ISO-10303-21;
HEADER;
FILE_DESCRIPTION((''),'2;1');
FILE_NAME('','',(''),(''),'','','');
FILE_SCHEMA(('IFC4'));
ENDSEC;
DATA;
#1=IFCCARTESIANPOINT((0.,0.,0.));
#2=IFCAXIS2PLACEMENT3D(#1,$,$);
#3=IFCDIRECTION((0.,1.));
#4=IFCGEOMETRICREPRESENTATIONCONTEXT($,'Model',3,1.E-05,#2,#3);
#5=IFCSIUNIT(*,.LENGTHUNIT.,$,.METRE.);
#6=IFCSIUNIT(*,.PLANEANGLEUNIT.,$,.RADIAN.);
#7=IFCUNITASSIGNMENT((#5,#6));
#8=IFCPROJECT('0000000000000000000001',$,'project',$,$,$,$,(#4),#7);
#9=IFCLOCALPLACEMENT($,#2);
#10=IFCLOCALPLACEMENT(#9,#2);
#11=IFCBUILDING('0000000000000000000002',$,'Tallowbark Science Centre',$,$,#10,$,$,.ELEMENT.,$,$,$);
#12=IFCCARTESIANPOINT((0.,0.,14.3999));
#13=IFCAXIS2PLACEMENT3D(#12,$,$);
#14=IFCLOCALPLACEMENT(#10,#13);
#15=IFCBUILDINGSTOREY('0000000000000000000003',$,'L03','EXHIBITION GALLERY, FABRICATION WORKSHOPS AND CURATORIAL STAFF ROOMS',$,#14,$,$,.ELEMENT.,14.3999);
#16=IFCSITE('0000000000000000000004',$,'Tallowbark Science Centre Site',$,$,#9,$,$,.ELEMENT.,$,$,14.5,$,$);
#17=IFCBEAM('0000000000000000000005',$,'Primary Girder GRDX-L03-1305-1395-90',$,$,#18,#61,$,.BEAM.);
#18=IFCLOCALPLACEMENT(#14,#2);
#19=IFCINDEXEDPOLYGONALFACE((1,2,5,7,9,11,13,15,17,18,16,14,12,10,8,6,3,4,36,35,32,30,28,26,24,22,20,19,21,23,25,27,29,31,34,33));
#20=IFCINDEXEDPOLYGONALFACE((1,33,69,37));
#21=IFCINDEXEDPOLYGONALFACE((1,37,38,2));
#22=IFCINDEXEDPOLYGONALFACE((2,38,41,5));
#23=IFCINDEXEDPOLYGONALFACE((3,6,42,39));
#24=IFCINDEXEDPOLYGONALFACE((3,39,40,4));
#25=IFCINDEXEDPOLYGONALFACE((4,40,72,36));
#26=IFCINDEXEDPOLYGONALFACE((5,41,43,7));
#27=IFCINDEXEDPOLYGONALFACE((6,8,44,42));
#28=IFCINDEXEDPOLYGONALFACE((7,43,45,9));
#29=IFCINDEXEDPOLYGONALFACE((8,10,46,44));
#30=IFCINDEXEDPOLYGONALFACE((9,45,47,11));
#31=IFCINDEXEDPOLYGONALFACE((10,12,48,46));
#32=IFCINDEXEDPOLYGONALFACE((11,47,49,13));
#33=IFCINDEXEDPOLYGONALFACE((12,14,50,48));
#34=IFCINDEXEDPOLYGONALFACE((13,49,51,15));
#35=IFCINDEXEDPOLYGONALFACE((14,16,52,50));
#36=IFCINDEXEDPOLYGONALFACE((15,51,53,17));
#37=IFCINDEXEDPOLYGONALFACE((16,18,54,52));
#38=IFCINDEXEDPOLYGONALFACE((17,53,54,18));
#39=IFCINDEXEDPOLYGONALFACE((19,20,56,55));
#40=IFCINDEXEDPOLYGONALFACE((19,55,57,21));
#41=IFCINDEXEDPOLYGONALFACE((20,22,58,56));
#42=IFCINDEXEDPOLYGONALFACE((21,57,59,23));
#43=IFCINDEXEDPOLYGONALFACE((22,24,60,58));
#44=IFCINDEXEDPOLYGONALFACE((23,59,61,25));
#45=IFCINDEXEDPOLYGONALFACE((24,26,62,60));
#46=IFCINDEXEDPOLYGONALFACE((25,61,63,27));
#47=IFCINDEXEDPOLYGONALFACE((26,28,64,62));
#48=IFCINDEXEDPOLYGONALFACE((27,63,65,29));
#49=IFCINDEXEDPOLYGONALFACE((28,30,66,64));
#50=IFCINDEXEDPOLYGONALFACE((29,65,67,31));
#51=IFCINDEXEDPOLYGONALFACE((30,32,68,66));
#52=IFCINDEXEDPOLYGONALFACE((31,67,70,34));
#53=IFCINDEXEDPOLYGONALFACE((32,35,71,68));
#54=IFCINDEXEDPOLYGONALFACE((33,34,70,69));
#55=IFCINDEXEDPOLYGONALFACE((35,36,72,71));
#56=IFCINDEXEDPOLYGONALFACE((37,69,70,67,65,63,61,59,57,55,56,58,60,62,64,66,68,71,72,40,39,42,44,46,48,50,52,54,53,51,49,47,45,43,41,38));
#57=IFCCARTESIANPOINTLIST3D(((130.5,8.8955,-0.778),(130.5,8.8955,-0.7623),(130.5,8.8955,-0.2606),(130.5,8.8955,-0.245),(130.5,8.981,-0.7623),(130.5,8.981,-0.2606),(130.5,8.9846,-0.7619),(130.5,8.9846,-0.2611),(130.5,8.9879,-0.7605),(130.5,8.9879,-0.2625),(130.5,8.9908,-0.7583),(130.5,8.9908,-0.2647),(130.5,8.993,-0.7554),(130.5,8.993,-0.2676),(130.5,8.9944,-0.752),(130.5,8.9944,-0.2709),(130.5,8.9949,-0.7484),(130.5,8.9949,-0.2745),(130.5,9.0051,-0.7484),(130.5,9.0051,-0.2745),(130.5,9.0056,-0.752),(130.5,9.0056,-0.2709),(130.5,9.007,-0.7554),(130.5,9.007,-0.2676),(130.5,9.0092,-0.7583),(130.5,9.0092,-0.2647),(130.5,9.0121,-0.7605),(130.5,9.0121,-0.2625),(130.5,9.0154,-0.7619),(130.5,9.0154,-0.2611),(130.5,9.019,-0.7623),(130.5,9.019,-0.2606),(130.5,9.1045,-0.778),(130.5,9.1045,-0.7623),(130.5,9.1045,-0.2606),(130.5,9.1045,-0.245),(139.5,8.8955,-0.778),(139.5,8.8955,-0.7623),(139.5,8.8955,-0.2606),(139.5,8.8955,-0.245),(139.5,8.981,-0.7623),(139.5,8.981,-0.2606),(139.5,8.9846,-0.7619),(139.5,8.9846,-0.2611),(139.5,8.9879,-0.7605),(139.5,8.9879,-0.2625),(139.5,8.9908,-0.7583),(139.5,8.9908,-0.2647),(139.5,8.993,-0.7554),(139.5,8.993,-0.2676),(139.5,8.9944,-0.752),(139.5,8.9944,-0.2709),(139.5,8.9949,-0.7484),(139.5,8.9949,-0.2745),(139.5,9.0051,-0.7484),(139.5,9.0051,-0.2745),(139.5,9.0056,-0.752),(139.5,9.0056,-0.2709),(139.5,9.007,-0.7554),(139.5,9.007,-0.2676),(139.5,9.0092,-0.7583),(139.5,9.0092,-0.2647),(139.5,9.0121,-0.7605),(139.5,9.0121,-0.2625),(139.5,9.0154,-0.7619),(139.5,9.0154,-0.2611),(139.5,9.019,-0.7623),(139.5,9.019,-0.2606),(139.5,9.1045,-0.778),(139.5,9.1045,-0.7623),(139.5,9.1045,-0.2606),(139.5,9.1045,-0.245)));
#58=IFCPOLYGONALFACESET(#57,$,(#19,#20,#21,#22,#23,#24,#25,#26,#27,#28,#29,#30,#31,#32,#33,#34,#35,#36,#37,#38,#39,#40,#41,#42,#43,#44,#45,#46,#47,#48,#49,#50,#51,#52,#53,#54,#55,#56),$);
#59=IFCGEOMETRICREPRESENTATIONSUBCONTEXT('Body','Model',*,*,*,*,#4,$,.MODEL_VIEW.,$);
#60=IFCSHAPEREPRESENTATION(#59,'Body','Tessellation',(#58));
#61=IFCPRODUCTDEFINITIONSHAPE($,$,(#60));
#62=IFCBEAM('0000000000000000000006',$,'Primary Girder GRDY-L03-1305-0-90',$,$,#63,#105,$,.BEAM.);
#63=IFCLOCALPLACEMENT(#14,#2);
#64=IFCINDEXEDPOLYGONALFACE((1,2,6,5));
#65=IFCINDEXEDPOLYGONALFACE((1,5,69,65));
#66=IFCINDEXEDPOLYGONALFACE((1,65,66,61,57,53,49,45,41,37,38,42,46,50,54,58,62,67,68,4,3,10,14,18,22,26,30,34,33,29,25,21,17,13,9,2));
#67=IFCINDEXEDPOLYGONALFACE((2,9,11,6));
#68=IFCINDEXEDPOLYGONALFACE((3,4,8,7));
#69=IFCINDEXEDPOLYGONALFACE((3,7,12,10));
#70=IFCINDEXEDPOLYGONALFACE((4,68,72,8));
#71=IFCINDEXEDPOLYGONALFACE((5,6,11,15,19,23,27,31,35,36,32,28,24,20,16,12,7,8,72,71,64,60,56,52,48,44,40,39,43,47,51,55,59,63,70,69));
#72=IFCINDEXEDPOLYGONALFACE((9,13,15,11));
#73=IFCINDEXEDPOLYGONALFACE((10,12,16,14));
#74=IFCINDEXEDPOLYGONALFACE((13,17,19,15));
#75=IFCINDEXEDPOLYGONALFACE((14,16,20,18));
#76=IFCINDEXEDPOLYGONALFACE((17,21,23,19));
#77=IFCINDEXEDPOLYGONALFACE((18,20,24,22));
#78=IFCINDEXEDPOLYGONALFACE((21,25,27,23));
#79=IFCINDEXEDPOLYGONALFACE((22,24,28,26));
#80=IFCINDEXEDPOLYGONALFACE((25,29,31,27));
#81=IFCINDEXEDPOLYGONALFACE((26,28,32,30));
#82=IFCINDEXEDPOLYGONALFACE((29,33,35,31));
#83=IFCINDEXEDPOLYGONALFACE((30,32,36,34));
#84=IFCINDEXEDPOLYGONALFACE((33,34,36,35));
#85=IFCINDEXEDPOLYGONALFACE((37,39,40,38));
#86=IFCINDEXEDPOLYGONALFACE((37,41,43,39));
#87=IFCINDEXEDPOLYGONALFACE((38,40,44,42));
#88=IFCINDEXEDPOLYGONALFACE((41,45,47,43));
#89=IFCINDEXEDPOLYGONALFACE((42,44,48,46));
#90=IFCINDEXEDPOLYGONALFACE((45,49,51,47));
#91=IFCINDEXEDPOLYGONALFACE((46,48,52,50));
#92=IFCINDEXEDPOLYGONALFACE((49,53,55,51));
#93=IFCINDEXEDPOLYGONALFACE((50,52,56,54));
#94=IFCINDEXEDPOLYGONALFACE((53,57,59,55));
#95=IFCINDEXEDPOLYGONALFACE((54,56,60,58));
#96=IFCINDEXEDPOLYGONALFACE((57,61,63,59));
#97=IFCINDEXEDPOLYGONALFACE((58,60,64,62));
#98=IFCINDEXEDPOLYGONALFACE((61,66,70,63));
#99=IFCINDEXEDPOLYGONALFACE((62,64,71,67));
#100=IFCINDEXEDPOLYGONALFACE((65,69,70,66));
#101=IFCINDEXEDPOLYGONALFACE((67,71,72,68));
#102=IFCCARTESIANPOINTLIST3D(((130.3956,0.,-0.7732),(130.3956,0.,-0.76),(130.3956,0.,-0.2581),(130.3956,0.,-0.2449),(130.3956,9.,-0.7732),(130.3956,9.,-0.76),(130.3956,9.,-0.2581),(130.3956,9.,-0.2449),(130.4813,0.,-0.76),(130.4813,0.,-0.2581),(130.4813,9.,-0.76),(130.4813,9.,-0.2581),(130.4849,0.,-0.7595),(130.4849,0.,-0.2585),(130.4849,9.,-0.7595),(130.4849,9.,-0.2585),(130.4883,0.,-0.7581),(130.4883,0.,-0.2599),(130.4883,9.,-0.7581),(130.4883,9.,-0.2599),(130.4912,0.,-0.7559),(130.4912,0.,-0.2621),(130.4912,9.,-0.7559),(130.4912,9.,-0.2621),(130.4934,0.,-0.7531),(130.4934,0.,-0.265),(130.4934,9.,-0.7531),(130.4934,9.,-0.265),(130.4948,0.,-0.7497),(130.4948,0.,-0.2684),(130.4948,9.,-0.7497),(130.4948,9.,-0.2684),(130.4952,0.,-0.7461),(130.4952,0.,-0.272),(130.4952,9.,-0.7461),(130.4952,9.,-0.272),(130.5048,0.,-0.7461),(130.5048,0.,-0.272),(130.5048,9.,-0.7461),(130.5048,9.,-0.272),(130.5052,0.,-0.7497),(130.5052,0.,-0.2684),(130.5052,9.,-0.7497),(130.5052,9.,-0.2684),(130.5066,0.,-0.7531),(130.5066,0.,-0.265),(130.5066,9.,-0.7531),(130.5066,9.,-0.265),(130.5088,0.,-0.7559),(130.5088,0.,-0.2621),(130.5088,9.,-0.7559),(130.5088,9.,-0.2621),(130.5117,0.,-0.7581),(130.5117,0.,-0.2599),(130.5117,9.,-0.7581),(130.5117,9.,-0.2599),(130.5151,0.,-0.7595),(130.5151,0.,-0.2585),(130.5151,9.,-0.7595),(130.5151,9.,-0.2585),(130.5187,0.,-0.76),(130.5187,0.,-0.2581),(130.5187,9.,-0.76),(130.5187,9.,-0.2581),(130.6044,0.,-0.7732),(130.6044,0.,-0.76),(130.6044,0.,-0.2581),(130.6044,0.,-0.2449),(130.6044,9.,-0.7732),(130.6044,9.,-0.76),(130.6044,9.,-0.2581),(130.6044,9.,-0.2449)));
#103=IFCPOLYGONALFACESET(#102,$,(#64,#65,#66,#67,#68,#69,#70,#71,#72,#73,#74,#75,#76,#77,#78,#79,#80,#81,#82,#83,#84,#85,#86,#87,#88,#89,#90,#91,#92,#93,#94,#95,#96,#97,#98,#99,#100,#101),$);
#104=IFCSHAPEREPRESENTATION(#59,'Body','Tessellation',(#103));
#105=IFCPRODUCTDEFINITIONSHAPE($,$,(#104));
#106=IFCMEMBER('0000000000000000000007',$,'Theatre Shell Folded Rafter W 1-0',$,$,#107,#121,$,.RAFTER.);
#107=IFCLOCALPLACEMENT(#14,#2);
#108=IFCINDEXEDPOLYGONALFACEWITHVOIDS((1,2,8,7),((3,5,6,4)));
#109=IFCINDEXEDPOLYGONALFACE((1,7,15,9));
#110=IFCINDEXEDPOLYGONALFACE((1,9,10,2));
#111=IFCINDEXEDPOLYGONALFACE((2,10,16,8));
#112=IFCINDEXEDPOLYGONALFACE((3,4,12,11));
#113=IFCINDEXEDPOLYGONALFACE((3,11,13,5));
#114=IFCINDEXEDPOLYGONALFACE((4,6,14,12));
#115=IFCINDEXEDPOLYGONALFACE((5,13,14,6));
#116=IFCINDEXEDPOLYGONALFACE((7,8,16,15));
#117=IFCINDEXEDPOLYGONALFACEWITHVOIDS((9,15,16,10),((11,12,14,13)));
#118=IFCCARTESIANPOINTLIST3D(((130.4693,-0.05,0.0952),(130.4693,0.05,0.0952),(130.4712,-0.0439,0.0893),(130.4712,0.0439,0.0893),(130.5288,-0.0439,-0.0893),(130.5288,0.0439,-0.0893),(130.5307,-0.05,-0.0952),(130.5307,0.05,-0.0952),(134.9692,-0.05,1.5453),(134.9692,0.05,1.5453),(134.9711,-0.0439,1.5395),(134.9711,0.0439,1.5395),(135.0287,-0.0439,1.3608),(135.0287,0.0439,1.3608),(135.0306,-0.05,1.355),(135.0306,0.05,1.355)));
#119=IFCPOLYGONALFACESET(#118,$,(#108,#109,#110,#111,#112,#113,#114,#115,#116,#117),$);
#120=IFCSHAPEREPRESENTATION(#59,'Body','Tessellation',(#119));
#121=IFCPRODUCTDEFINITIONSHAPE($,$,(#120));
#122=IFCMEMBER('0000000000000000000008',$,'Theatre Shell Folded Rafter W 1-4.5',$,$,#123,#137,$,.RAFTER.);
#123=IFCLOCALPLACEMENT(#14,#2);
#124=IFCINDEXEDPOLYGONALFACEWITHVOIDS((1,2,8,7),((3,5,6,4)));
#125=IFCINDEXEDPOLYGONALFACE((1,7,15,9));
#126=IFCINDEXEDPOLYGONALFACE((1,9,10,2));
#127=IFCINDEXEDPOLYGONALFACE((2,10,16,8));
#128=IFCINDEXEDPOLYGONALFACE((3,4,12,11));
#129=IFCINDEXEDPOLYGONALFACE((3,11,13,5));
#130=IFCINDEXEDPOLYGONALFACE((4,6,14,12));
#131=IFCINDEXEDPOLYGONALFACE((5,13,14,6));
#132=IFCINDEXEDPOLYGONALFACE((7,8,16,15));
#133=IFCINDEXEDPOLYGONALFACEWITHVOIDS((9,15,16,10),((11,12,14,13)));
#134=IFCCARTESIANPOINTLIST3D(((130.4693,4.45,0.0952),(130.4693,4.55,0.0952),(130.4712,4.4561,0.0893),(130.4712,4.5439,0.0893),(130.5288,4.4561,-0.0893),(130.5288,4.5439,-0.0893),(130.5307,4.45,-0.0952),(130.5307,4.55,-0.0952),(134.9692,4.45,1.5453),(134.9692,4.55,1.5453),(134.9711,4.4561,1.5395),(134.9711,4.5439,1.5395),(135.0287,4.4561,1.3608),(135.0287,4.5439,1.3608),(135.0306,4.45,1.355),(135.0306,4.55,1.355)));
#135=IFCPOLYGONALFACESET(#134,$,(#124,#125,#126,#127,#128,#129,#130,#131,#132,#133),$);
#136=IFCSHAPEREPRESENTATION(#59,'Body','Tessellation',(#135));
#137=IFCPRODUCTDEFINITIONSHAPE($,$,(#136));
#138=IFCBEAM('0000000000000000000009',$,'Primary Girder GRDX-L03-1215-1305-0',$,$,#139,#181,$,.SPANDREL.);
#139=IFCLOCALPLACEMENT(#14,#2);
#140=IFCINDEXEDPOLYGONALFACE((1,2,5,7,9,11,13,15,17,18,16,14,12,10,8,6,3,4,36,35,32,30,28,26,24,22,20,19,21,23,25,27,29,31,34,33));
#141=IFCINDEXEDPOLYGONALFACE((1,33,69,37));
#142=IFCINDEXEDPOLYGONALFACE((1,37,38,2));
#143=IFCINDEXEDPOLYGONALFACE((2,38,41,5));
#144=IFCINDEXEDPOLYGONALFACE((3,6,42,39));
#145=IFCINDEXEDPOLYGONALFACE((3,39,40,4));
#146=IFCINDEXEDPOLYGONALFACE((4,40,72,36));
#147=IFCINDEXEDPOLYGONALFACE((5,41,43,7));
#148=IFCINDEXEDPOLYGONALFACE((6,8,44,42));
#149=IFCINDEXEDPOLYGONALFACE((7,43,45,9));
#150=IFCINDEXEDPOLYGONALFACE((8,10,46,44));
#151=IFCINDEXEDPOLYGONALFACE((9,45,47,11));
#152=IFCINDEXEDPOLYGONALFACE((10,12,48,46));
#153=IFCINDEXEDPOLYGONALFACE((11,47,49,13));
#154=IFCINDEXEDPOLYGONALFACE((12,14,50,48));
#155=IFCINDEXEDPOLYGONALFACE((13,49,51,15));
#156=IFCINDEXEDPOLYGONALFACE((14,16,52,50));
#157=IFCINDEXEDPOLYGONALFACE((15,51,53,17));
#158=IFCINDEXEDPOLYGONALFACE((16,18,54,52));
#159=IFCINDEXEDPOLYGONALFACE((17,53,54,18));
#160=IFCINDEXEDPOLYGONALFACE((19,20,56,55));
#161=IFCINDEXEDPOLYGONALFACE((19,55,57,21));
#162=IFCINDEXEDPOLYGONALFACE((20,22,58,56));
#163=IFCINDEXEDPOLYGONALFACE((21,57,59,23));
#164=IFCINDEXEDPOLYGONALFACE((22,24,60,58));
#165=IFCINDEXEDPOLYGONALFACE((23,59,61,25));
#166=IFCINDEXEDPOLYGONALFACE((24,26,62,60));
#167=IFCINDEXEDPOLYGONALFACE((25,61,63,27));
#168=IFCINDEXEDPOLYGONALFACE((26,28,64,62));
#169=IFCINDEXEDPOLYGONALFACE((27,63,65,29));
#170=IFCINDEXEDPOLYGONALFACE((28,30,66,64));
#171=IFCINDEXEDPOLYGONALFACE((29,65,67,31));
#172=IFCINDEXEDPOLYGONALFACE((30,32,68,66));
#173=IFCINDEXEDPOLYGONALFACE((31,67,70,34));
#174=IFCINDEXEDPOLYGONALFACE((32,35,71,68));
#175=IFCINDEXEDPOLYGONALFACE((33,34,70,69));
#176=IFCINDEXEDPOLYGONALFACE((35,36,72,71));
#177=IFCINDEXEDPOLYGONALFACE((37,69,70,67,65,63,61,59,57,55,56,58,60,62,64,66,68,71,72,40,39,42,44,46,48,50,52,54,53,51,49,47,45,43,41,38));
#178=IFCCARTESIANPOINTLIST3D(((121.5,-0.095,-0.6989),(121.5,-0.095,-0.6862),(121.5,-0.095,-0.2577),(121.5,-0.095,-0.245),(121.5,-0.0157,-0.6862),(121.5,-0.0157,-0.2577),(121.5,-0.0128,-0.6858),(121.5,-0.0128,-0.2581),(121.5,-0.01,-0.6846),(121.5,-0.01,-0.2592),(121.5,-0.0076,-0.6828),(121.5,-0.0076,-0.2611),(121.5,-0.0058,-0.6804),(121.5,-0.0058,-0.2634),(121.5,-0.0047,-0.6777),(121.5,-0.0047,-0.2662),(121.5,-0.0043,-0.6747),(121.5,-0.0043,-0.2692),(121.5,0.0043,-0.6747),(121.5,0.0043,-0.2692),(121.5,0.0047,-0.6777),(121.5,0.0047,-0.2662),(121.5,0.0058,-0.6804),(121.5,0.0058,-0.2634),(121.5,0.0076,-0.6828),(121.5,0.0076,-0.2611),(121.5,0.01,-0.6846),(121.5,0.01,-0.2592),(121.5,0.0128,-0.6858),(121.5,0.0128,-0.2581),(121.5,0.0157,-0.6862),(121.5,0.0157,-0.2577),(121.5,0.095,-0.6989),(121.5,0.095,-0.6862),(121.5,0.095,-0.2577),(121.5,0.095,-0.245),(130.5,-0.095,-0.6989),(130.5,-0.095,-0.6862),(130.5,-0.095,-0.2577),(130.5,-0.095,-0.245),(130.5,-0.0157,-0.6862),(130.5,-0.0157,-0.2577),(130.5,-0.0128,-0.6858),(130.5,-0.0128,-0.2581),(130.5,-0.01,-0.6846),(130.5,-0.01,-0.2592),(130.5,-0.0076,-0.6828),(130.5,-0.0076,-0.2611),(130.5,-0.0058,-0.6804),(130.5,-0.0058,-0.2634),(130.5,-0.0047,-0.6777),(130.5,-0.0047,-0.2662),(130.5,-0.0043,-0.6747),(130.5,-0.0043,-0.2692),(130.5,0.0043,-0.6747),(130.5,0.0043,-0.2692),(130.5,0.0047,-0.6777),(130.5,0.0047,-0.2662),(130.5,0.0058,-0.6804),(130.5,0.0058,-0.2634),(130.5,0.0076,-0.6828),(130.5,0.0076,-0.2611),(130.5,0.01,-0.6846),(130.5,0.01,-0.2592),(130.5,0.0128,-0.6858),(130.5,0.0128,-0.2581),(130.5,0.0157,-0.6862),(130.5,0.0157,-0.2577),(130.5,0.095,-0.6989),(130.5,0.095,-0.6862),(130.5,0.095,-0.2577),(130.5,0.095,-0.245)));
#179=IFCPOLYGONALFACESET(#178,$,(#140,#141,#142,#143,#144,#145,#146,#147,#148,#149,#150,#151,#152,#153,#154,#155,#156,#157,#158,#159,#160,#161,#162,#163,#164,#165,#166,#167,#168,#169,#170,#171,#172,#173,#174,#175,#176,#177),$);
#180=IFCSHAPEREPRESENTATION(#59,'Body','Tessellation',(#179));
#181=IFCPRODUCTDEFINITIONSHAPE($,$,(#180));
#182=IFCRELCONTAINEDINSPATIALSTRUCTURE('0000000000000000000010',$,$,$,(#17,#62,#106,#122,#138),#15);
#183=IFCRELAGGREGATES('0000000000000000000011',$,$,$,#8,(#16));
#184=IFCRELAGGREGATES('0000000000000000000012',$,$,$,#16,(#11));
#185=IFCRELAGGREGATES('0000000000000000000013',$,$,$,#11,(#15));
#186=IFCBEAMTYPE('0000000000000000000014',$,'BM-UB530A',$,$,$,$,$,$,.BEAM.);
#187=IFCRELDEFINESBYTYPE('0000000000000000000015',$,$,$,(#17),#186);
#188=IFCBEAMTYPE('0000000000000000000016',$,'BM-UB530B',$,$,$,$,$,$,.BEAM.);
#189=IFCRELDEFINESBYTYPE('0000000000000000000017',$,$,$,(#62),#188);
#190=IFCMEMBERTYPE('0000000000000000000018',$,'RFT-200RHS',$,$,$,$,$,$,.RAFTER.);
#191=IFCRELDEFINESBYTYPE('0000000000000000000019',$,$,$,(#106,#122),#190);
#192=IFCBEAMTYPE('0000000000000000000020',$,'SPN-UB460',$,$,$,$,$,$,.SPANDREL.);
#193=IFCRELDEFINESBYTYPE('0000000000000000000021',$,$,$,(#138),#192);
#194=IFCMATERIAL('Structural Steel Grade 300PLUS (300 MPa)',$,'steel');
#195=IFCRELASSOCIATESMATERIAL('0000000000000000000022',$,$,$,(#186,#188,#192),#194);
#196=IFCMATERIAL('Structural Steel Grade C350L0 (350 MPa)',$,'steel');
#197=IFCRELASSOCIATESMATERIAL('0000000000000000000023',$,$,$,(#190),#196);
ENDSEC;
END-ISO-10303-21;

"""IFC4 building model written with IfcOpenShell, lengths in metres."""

from ifc_helpers import new_model, si_unit, direction, frame, origin, origin_2d, place, context, subcontext, project, spatial, hollow_rectangle, i_section, extrude, material, material_profile, profile_set, type_object, element, save


model = new_model("IFC4")

# Units and contexts
model_context = context("Model", 3, precision=1e-05, world=origin(), true_north=direction((0.0, 1.0)))
body_context = subcontext(model_context, "Body", "Model", "MODEL_VIEW")
ifc_project = project(units=[si_unit("LENGTHUNIT", "METRE"), si_unit("PLANEANGLEUNIT", "RADIAN")], contexts=[model_context])

# Site, building, storey
site_placement = place(None, origin())
site = spatial("IfcSite", under=ifc_project, at=site_placement, Name="Tallowbark Science Centre Site", CompositionType="ELEMENT", RefElevation=14.5)
building_placement = place(site_placement, origin())
building = spatial("IfcBuilding", under=site, at=building_placement, Name="Tallowbark Science Centre", CompositionType="ELEMENT")
storey_placement = place(building_placement, frame((0.0, 0.0, 14.3999)))
storey = spatial("IfcBuildingStorey", under=building, at=storey_placement, Name="L03", Description="EXHIBITION GALLERY, FABRICATION WORKSHOPS AND CURATORIAL STAFF ROOMS", CompositionType="ELEMENT", Elevation=14.3999)

# Beams
ifc_material_1 = material(Name="Structural Steel Grade 300PLUS (300 MPa)", Category="steel")
ifc_material_profile_1 = material_profile(ifc_material_1, i_section(OverallWidth=0.209, OverallDepth=0.533, WebThickness=0.0103, FlangeThickness=0.0156, FilletRadius=0.0139, at=origin_2d()), Name="530UB92.4")
ifc_profile_set_1 = profile_set([ifc_material_profile_1], Name="Structural Steel Grade 300PLUS (300 MPa)")
beam_type_1 = type_object("IfcBeamType", Name="BM-UB530A", PredefinedType="BEAM", material=ifc_profile_set_1)
beam_1_placement = place(storey_placement, frame((130.5, 9.0, -0.5115), z_axis=(1.0, 0.0, 0.0), x_axis=(0.0, 1.0, 0.0)))
element("IfcBeam", 1, at=beam_1_placement, inside=storey, type_object=beam_type_1, Name="Primary Girder GRDX-L03-1305-1395-90", PredefinedType="BEAM", context=body_context, shape_type="SweptSolid", body=[
    extrude(i_section(OverallWidth=0.209, OverallDepth=0.533, WebThickness=0.0103, FlangeThickness=0.0156, FilletRadius=0.0139, at=origin_2d()), origin(), (0.0, 0.0, 1.0), 9.0),
])
ifc_material_profile_2 = material_profile(ifc_material_1, i_section(OverallWidth=0.2087, OverallDepth=0.5283, WebThickness=0.0095, FlangeThickness=0.0132, FilletRadius=0.0139, at=origin_2d()), Name="530UB82.0")
ifc_profile_set_2 = profile_set([ifc_material_profile_2], Name="Structural Steel Grade 300PLUS (300 MPa)")
beam_type_2 = type_object("IfcBeamType", Name="BM-UB530B", PredefinedType="BEAM", material=ifc_profile_set_2)
beam_2_placement = place(storey_placement, frame((130.5, 0.0, -0.509), z_axis=(0.0, 1.0, 0.0), x_axis=(-1.0, 0.0, 0.0)))
element("IfcBeam", 2, at=beam_2_placement, inside=storey, type_object=beam_type_2, Name="Primary Girder GRDY-L03-1305-0-90", PredefinedType="BEAM", context=body_context, shape_type="SweptSolid", body=[
    extrude(i_section(OverallWidth=0.2087, OverallDepth=0.5283, WebThickness=0.0095, FlangeThickness=0.0132, FilletRadius=0.0139, at=origin_2d()), origin(), (0.0, 0.0, 1.0), 9.0),
])

# Members
ifc_material_2 = material(Name="Structural Steel Grade C350L0 (350 MPa)", Category="steel")
ifc_material_profile_3 = material_profile(ifc_material_2, hollow_rectangle(XDim=0.1001, YDim=0.2, WallThickness=0.0061, at=origin_2d()), Name="200x100x6.0RHS")
ifc_profile_set_3 = profile_set([ifc_material_profile_3], Name="Structural Steel Grade C350L0 (350 MPa)")
member_type = type_object("IfcMemberType", Name="RFT-200RHS", PredefinedType="RAFTER", material=ifc_profile_set_3)
for number, where, z_axis, x_axis, name in (
    (3, (130.5, 0.0, 0.0), (0.951796, 0.0, 0.306731), (0.0, 1.0, 0.0), "Theatre Shell Folded Rafter W 1-0"),
    (4, (130.5, 4.5, 0.0), (0.951796, 0.0, 0.306731), (0.0, 1.0, 0.0), "Theatre Shell Folded Rafter W 1-4.5"),
):
    element("IfcMember", number, at=place(storey_placement, frame(where, z_axis=z_axis, x_axis=x_axis)), inside=storey, type_object=member_type, Name=name, PredefinedType="RAFTER", context=body_context, shape_type="SweptSolid", body=[
        extrude(hollow_rectangle(XDim=0.1001, YDim=0.2, WallThickness=0.0061, at=origin_2d()), origin(), (0.0, 0.0, 1.0), 4.7278),
    ])

# Beam
ifc_material_profile_4 = material_profile(ifc_material_1, i_section(OverallWidth=0.1899, OverallDepth=0.4539, WebThickness=0.0085, FlangeThickness=0.0127, FilletRadius=0.0115, at=origin_2d()), Name="460UB67.1")
ifc_profile_set_4 = profile_set([ifc_material_profile_4], Name="Structural Steel Grade 300PLUS (300 MPa)")
beam_type_3 = type_object("IfcBeamType", Name="SPN-UB460", PredefinedType="SPANDREL", material=ifc_profile_set_4)
for number, where, z_axis, x_axis, name in (
    (5, (121.5, 0.0, -0.4719), (1.0, 0.0, 0.0), (0.0, 1.0, 0.0), "Primary Girder GRDX-L03-1215-1305-0"),
):
    element("IfcBeam", number, at=place(storey_placement, frame(where, z_axis=z_axis, x_axis=x_axis)), inside=storey, type_object=beam_type_3, Name=name, PredefinedType="SPANDREL", context=body_context, shape_type="SweptSolid", body=[
        extrude(i_section(OverallWidth=0.1899, OverallDepth=0.4539, WebThickness=0.0085, FlangeThickness=0.0127, FilletRadius=0.0115, at=origin_2d()), origin(), (0.0, 0.0, 1.0), 9.0),
    ])

save(model, "model.ifc")
